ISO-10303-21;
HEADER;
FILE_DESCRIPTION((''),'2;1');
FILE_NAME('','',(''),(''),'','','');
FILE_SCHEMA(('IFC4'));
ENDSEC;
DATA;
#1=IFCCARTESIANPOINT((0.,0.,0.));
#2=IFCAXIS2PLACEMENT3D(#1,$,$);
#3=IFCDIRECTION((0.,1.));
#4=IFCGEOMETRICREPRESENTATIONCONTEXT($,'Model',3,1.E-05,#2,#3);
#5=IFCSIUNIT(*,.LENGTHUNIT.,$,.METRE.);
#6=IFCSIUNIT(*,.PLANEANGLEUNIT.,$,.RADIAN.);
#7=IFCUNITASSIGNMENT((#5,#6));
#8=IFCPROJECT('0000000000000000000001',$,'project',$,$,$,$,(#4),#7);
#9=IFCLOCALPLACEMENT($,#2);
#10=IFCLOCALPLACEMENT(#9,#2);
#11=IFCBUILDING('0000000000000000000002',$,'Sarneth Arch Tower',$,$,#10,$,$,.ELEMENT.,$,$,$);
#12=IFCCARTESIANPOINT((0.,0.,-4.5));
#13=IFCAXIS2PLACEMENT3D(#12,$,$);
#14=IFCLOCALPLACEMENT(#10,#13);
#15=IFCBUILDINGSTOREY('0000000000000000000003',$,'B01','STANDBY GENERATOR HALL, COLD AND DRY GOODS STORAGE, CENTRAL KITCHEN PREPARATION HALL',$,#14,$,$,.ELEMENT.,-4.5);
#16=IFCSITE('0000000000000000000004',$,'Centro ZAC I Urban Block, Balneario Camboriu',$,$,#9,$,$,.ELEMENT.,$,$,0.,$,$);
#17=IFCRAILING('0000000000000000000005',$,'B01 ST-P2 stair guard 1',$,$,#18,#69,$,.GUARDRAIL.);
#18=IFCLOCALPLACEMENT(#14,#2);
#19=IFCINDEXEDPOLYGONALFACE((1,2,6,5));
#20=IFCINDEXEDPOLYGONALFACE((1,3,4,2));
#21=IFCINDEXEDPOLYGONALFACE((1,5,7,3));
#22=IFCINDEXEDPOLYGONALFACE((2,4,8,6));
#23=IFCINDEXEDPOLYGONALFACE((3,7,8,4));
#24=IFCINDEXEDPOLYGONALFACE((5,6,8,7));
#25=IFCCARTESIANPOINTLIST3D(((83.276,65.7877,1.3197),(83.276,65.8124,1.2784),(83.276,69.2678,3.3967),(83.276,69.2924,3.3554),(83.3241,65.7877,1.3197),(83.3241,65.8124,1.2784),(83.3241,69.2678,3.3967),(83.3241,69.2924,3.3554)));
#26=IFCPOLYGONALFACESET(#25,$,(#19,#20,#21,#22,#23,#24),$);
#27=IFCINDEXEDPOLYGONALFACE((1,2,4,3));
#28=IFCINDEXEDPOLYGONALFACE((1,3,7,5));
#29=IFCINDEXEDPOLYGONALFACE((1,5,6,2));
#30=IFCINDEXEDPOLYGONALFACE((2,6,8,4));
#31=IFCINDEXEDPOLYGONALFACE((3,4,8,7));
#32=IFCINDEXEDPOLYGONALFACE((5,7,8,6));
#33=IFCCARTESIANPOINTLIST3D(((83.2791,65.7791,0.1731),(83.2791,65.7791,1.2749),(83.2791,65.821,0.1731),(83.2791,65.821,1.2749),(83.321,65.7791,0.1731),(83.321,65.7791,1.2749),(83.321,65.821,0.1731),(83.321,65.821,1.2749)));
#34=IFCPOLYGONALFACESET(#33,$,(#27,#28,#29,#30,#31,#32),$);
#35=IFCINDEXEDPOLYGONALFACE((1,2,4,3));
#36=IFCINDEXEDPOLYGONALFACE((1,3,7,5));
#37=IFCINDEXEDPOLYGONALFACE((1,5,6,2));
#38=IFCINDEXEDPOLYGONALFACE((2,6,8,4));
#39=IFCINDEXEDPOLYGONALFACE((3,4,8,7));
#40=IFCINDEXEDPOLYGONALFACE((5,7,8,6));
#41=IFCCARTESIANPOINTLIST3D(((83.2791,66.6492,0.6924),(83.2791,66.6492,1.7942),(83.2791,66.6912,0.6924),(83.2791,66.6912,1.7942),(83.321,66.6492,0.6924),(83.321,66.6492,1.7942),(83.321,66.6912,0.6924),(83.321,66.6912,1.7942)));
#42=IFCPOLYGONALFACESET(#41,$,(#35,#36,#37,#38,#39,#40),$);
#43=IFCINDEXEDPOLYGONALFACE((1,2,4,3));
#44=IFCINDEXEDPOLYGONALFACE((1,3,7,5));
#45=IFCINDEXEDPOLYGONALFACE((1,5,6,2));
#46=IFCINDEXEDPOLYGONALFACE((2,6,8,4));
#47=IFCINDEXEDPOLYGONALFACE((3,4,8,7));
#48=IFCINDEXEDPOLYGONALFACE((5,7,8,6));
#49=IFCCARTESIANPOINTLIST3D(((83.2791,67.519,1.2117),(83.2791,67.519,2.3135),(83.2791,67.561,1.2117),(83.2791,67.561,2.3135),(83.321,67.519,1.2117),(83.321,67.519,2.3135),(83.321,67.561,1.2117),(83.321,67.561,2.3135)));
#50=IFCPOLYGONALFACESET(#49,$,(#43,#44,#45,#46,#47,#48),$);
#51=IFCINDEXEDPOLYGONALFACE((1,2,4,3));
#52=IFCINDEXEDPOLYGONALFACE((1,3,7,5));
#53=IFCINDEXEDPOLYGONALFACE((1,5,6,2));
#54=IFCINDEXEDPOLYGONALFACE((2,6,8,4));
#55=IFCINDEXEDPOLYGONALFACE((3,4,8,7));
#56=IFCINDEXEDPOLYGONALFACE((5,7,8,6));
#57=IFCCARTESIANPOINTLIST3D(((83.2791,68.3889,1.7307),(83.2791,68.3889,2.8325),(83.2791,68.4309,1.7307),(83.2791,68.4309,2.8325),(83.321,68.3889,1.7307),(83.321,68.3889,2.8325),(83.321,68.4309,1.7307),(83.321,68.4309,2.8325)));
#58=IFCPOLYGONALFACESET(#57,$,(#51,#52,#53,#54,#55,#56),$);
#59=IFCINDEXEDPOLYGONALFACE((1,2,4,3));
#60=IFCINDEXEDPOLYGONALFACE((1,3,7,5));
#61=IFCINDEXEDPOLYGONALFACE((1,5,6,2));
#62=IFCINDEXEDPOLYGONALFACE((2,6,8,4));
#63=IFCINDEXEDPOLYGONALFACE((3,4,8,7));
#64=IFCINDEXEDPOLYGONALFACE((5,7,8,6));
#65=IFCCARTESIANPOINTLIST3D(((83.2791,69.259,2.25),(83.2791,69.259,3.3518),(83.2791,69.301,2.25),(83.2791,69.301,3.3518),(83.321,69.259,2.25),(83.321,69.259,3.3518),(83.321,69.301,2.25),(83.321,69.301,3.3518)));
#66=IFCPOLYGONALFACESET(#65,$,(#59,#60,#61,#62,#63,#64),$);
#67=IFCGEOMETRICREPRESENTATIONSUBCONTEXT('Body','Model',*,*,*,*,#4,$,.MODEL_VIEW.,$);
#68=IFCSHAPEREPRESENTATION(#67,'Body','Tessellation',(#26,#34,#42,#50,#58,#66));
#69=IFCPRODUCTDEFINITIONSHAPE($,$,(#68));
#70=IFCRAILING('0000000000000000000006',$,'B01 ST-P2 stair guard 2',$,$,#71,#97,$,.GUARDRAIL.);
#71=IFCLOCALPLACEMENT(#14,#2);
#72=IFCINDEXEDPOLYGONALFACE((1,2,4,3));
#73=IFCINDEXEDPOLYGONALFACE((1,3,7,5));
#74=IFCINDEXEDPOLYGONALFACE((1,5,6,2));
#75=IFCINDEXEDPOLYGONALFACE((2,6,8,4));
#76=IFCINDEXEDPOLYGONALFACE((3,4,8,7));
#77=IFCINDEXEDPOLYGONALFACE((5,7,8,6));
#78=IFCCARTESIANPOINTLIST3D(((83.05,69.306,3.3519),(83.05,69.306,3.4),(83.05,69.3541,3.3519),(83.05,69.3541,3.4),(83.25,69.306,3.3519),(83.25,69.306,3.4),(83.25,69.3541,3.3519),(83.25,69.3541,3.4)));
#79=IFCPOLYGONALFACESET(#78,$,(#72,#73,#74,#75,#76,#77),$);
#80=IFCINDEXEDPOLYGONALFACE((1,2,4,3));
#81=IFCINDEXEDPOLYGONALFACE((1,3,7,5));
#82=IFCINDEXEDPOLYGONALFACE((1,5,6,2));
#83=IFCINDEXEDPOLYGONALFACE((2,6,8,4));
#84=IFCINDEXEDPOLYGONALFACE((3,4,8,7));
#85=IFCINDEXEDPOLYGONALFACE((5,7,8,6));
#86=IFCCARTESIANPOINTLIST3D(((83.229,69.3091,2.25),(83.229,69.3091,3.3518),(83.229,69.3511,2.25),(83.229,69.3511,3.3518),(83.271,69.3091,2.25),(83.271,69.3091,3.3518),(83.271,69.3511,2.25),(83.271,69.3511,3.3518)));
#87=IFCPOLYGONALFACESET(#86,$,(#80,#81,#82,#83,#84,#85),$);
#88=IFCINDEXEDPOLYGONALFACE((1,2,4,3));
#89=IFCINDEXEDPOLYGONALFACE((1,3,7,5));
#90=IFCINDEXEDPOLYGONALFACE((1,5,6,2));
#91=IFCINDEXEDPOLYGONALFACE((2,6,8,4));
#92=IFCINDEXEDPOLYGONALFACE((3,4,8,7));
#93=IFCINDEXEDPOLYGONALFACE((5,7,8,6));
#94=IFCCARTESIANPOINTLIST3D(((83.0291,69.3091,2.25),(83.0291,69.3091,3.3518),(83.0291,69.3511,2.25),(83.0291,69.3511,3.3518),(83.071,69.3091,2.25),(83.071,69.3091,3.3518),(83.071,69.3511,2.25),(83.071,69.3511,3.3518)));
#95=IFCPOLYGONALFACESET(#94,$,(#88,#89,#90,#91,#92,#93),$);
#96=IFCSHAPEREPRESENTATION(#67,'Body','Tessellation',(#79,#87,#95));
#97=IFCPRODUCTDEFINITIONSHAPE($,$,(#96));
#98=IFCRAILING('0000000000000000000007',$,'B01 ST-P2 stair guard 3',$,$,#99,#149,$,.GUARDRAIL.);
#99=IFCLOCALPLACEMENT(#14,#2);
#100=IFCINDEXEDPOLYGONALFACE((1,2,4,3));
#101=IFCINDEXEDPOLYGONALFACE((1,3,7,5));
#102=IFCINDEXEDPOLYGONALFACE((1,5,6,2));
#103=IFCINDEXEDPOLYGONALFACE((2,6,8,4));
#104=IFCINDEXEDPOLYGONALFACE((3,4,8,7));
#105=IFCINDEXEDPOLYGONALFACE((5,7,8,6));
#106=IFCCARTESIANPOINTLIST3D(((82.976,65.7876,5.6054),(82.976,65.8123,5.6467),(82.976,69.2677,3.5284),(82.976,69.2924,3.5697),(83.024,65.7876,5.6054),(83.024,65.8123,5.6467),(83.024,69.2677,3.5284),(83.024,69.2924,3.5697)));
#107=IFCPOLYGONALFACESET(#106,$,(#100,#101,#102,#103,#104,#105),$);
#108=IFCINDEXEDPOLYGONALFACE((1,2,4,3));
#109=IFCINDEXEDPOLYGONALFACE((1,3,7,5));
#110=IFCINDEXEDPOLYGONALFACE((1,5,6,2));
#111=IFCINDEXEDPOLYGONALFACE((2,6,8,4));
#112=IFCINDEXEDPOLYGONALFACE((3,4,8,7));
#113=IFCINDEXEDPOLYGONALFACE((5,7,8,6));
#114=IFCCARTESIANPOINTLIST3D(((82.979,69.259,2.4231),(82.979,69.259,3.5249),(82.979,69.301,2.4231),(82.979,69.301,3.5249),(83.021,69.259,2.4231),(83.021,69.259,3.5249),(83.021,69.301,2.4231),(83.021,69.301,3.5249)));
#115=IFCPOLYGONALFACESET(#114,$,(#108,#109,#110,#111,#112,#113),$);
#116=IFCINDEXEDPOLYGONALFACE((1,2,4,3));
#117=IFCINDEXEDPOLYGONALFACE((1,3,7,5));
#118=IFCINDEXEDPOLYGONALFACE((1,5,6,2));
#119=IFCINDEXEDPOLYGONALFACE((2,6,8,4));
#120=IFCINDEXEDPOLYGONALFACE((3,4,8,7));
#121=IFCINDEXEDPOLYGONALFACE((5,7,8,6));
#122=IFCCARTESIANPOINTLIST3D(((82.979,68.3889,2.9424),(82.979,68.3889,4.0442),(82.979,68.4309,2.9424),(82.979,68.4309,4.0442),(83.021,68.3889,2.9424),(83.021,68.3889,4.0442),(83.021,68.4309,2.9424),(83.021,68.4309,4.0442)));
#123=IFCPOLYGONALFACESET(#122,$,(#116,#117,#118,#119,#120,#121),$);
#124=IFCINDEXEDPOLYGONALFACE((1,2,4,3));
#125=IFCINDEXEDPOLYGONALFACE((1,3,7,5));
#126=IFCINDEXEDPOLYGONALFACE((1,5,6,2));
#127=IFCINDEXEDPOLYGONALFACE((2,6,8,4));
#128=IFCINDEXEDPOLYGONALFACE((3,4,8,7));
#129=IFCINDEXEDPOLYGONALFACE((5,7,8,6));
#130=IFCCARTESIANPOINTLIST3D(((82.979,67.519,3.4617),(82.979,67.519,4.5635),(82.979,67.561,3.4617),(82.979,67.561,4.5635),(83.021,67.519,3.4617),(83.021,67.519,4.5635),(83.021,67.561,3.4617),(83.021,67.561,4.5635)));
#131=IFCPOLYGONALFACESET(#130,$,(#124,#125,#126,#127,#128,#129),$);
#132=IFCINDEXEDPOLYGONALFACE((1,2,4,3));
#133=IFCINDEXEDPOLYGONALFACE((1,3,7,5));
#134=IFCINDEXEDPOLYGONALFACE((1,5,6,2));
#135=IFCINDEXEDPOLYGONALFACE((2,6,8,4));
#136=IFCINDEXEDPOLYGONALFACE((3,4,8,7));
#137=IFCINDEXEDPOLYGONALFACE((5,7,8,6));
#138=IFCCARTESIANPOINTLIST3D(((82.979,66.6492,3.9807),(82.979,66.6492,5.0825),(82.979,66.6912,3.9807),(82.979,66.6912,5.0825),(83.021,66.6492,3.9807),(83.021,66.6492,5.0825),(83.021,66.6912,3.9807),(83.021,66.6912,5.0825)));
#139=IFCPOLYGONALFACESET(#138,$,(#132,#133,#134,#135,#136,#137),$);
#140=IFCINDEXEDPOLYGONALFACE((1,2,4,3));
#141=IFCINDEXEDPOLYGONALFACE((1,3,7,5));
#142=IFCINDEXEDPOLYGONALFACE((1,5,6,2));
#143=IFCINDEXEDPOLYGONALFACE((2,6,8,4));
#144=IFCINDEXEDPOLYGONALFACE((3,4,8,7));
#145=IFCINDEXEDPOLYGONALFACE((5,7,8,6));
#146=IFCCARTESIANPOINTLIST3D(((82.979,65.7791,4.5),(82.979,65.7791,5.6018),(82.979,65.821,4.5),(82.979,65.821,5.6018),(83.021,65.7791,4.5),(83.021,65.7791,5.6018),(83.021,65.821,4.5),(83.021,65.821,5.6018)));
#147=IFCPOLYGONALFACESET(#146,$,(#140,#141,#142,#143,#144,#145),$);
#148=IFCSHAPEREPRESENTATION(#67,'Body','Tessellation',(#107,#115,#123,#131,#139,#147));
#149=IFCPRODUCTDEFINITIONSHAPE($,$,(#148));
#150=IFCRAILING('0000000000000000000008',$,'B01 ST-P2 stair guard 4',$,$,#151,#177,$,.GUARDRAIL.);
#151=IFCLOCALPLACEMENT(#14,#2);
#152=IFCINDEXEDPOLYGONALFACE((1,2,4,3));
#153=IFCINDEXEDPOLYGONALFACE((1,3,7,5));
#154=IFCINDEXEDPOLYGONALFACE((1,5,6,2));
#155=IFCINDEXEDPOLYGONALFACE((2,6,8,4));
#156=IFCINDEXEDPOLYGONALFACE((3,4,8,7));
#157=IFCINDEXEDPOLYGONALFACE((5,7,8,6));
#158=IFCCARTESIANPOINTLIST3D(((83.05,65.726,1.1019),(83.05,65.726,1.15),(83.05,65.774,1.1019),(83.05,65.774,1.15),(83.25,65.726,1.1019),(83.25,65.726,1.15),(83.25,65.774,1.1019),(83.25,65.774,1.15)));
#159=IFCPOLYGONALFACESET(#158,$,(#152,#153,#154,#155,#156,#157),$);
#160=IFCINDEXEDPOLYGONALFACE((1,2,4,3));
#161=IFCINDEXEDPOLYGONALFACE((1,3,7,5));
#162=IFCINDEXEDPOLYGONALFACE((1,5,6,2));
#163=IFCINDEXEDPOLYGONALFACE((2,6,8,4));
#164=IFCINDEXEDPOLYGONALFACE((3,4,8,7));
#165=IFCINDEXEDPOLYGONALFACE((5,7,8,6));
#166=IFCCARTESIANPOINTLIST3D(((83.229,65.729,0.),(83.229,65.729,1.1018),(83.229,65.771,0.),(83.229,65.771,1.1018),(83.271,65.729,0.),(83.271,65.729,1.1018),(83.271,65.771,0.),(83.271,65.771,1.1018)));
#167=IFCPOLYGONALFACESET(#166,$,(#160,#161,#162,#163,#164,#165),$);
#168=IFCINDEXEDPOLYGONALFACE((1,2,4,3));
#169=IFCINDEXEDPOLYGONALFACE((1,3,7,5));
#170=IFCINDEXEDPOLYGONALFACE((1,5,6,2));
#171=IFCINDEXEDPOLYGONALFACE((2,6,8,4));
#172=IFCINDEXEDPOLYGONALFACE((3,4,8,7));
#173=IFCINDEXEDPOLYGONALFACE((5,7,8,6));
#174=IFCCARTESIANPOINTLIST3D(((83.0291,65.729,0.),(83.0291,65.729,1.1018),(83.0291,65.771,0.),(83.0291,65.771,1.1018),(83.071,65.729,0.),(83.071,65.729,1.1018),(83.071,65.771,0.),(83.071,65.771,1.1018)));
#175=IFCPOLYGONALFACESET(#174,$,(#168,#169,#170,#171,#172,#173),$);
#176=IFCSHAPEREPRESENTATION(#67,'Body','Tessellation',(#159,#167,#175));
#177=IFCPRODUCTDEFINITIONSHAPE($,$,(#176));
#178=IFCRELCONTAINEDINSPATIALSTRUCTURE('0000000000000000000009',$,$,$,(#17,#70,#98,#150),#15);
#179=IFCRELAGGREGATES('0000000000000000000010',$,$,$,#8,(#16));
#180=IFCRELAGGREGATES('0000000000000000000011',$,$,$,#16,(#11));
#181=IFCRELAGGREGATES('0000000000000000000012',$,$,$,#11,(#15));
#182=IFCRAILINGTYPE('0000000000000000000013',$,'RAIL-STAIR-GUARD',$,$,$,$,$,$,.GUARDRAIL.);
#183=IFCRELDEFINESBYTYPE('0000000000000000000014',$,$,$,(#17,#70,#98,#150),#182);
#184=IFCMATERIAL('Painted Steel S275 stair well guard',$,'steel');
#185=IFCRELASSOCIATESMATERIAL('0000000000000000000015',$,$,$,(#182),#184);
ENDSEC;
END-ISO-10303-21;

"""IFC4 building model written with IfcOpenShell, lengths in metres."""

from ifc_helpers import new_model, si_unit, direction, frame, origin, origin_2d, place, context, subcontext, project, spatial, rectangle, extrude, material, type_object, element, save


model = new_model("IFC4")

# Units and contexts
model_context = context("Model", 3, precision=1e-05, world=origin(), true_north=direction((0.0, 1.0)))
body_context = subcontext(model_context, "Body", "Model", "MODEL_VIEW")
ifc_project = project(units=[si_unit("LENGTHUNIT", "METRE"), si_unit("PLANEANGLEUNIT", "RADIAN")], contexts=[model_context])

# Site, building, storey
site_placement = place(None, origin())
site = spatial("IfcSite", under=ifc_project, at=site_placement, Name="Centro ZAC I Urban Block, Balneario Camboriu", CompositionType="ELEMENT", RefElevation=0.0)
building_placement = place(site_placement, origin())
building = spatial("IfcBuilding", under=site, at=building_placement, Name="Sarneth Arch Tower", CompositionType="ELEMENT")
storey_placement = place(building_placement, frame((0.0, 0.0, -4.5)))
storey = spatial("IfcBuildingStorey", under=building, at=storey_placement, Name="B01", Description="STANDBY GENERATOR HALL, COLD AND DRY GOODS STORAGE, CENTRAL KITCHEN PREPARATION HALL", CompositionType="ELEMENT", Elevation=-4.5)

# Railings
ifc_material_1 = material(Name="Painted Steel S275 stair well guard", Category="steel")
railing_type_1 = type_object("IfcRailingType", Name="RAIL-STAIR-GUARD", PredefinedType="GUARDRAIL", material=ifc_material_1)
railing_1_placement = place(storey_placement, frame((83.3, 65.8, 0.1731)))
element("IfcRailing", 1, at=railing_1_placement, inside=storey, type_object=railing_type_1, Name="B01 ST-P2 stair guard 1", PredefinedType="GUARDRAIL", context=body_context, shape_type="SweptSolid", body=[
    extrude(rectangle(XDim=0.0481, YDim=0.0481, at=origin_2d()), frame((0.0, 0.0, 1.126), z_axis=(0.0, 0.858697, 0.512483), x_axis=(-1.0, 0.0, 0.0)), (0.0, 0.0, 1.0), 4.0527),
    extrude(rectangle(XDim=0.042, YDim=0.042, at=origin_2d()), origin(), (0.0, 0.0, 1.0), 1.1018),
    extrude(rectangle(XDim=0.042, YDim=0.042, at=origin_2d()), frame((0.0, 0.8701, 0.5193)), (0.0, 0.0, 1.0), 1.1018),
    extrude(rectangle(XDim=0.042, YDim=0.042, at=origin_2d()), frame((0.0, 1.74, 1.0386)), (0.0, 0.0, 1.0), 1.1018),
    extrude(rectangle(XDim=0.042, YDim=0.042, at=origin_2d()), frame((0.0, 2.6099, 1.5576)), (0.0, 0.0, 1.0), 1.1018),
    extrude(rectangle(XDim=0.042, YDim=0.042, at=origin_2d()), frame((0.0, 3.48, 2.0769)), (0.0, 0.0, 1.0), 1.1018),
])
railing_2_placement = place(storey_placement, frame((83.25, 69.3301, 2.25)))
element("IfcRailing", 2, at=railing_2_placement, inside=storey, type_object=railing_type_1, Name="B01 ST-P2 stair guard 2", PredefinedType="GUARDRAIL", context=body_context, shape_type="SweptSolid", body=[
    extrude(rectangle(XDim=0.0481, YDim=0.0481, at=origin_2d()), frame((0.0, 0.0, 1.126), z_axis=(-1.0, 0.0, 0.0), x_axis=(0.0, -1.0, 0.0)), (0.0, 0.0, 1.0), 0.2),
    extrude(rectangle(XDim=0.042, YDim=0.042, at=origin_2d()), origin(), (0.0, 0.0, 1.0), 1.1018),
    extrude(rectangle(XDim=0.042, YDim=0.042, at=origin_2d()), frame((-0.2, 0.0, 0.0)), (0.0, 0.0, 1.0), 1.1018),
])
railing_3_placement = place(storey_placement, frame((83.0, 69.28, 2.4231)))
element("IfcRailing", 3, at=railing_3_placement, inside=storey, type_object=railing_type_1, Name="B01 ST-P2 stair guard 3", PredefinedType="GUARDRAIL", context=body_context, shape_type="SweptSolid", body=[
    extrude(rectangle(XDim=0.0481, YDim=0.0481, at=origin_2d()), frame((0.0, 0.0, 1.126), z_axis=(0.0, -0.858697, 0.512483), x_axis=(1.0, 0.0, 0.0)), (0.0, 0.0, 1.0), 4.0527),
    extrude(rectangle(XDim=0.042, YDim=0.042, at=origin_2d()), origin(), (0.0, 0.0, 1.0), 1.1018),
    extrude(rectangle(XDim=0.042, YDim=0.042, at=origin_2d()), frame((0.0, -0.8701, 0.5193)), (0.0, 0.0, 1.0), 1.1018),
    extrude(rectangle(XDim=0.042, YDim=0.042, at=origin_2d()), frame((0.0, -1.74, 1.0386)), (0.0, 0.0, 1.0), 1.1018),
    extrude(rectangle(XDim=0.042, YDim=0.042, at=origin_2d()), frame((0.0, -2.6099, 1.5576)), (0.0, 0.0, 1.0), 1.1018),
    extrude(rectangle(XDim=0.042, YDim=0.042, at=origin_2d()), frame((0.0, -3.48, 2.0769)), (0.0, 0.0, 1.0), 1.1018),
])
railing_4_placement = place(storey_placement, frame((83.25, 65.75, 0.0)))
element("IfcRailing", 4, at=railing_4_placement, inside=storey, type_object=railing_type_1, Name="B01 ST-P2 stair guard 4", PredefinedType="GUARDRAIL", context=body_context, shape_type="SweptSolid", body=[
    extrude(rectangle(XDim=0.0481, YDim=0.0481, at=origin_2d()), frame((0.0, 0.0, 1.126), z_axis=(-1.0, 0.0, 0.0), x_axis=(0.0, -1.0, 0.0)), (0.0, 0.0, 1.0), 0.2),
    extrude(rectangle(XDim=0.042, YDim=0.042, at=origin_2d()), origin(), (0.0, 0.0, 1.0), 1.1018),
    extrude(rectangle(XDim=0.042, YDim=0.042, at=origin_2d()), frame((-0.2, 0.0, 0.0)), (0.0, 0.0, 1.0), 1.1018),
])

save(model, "model.ifc")
